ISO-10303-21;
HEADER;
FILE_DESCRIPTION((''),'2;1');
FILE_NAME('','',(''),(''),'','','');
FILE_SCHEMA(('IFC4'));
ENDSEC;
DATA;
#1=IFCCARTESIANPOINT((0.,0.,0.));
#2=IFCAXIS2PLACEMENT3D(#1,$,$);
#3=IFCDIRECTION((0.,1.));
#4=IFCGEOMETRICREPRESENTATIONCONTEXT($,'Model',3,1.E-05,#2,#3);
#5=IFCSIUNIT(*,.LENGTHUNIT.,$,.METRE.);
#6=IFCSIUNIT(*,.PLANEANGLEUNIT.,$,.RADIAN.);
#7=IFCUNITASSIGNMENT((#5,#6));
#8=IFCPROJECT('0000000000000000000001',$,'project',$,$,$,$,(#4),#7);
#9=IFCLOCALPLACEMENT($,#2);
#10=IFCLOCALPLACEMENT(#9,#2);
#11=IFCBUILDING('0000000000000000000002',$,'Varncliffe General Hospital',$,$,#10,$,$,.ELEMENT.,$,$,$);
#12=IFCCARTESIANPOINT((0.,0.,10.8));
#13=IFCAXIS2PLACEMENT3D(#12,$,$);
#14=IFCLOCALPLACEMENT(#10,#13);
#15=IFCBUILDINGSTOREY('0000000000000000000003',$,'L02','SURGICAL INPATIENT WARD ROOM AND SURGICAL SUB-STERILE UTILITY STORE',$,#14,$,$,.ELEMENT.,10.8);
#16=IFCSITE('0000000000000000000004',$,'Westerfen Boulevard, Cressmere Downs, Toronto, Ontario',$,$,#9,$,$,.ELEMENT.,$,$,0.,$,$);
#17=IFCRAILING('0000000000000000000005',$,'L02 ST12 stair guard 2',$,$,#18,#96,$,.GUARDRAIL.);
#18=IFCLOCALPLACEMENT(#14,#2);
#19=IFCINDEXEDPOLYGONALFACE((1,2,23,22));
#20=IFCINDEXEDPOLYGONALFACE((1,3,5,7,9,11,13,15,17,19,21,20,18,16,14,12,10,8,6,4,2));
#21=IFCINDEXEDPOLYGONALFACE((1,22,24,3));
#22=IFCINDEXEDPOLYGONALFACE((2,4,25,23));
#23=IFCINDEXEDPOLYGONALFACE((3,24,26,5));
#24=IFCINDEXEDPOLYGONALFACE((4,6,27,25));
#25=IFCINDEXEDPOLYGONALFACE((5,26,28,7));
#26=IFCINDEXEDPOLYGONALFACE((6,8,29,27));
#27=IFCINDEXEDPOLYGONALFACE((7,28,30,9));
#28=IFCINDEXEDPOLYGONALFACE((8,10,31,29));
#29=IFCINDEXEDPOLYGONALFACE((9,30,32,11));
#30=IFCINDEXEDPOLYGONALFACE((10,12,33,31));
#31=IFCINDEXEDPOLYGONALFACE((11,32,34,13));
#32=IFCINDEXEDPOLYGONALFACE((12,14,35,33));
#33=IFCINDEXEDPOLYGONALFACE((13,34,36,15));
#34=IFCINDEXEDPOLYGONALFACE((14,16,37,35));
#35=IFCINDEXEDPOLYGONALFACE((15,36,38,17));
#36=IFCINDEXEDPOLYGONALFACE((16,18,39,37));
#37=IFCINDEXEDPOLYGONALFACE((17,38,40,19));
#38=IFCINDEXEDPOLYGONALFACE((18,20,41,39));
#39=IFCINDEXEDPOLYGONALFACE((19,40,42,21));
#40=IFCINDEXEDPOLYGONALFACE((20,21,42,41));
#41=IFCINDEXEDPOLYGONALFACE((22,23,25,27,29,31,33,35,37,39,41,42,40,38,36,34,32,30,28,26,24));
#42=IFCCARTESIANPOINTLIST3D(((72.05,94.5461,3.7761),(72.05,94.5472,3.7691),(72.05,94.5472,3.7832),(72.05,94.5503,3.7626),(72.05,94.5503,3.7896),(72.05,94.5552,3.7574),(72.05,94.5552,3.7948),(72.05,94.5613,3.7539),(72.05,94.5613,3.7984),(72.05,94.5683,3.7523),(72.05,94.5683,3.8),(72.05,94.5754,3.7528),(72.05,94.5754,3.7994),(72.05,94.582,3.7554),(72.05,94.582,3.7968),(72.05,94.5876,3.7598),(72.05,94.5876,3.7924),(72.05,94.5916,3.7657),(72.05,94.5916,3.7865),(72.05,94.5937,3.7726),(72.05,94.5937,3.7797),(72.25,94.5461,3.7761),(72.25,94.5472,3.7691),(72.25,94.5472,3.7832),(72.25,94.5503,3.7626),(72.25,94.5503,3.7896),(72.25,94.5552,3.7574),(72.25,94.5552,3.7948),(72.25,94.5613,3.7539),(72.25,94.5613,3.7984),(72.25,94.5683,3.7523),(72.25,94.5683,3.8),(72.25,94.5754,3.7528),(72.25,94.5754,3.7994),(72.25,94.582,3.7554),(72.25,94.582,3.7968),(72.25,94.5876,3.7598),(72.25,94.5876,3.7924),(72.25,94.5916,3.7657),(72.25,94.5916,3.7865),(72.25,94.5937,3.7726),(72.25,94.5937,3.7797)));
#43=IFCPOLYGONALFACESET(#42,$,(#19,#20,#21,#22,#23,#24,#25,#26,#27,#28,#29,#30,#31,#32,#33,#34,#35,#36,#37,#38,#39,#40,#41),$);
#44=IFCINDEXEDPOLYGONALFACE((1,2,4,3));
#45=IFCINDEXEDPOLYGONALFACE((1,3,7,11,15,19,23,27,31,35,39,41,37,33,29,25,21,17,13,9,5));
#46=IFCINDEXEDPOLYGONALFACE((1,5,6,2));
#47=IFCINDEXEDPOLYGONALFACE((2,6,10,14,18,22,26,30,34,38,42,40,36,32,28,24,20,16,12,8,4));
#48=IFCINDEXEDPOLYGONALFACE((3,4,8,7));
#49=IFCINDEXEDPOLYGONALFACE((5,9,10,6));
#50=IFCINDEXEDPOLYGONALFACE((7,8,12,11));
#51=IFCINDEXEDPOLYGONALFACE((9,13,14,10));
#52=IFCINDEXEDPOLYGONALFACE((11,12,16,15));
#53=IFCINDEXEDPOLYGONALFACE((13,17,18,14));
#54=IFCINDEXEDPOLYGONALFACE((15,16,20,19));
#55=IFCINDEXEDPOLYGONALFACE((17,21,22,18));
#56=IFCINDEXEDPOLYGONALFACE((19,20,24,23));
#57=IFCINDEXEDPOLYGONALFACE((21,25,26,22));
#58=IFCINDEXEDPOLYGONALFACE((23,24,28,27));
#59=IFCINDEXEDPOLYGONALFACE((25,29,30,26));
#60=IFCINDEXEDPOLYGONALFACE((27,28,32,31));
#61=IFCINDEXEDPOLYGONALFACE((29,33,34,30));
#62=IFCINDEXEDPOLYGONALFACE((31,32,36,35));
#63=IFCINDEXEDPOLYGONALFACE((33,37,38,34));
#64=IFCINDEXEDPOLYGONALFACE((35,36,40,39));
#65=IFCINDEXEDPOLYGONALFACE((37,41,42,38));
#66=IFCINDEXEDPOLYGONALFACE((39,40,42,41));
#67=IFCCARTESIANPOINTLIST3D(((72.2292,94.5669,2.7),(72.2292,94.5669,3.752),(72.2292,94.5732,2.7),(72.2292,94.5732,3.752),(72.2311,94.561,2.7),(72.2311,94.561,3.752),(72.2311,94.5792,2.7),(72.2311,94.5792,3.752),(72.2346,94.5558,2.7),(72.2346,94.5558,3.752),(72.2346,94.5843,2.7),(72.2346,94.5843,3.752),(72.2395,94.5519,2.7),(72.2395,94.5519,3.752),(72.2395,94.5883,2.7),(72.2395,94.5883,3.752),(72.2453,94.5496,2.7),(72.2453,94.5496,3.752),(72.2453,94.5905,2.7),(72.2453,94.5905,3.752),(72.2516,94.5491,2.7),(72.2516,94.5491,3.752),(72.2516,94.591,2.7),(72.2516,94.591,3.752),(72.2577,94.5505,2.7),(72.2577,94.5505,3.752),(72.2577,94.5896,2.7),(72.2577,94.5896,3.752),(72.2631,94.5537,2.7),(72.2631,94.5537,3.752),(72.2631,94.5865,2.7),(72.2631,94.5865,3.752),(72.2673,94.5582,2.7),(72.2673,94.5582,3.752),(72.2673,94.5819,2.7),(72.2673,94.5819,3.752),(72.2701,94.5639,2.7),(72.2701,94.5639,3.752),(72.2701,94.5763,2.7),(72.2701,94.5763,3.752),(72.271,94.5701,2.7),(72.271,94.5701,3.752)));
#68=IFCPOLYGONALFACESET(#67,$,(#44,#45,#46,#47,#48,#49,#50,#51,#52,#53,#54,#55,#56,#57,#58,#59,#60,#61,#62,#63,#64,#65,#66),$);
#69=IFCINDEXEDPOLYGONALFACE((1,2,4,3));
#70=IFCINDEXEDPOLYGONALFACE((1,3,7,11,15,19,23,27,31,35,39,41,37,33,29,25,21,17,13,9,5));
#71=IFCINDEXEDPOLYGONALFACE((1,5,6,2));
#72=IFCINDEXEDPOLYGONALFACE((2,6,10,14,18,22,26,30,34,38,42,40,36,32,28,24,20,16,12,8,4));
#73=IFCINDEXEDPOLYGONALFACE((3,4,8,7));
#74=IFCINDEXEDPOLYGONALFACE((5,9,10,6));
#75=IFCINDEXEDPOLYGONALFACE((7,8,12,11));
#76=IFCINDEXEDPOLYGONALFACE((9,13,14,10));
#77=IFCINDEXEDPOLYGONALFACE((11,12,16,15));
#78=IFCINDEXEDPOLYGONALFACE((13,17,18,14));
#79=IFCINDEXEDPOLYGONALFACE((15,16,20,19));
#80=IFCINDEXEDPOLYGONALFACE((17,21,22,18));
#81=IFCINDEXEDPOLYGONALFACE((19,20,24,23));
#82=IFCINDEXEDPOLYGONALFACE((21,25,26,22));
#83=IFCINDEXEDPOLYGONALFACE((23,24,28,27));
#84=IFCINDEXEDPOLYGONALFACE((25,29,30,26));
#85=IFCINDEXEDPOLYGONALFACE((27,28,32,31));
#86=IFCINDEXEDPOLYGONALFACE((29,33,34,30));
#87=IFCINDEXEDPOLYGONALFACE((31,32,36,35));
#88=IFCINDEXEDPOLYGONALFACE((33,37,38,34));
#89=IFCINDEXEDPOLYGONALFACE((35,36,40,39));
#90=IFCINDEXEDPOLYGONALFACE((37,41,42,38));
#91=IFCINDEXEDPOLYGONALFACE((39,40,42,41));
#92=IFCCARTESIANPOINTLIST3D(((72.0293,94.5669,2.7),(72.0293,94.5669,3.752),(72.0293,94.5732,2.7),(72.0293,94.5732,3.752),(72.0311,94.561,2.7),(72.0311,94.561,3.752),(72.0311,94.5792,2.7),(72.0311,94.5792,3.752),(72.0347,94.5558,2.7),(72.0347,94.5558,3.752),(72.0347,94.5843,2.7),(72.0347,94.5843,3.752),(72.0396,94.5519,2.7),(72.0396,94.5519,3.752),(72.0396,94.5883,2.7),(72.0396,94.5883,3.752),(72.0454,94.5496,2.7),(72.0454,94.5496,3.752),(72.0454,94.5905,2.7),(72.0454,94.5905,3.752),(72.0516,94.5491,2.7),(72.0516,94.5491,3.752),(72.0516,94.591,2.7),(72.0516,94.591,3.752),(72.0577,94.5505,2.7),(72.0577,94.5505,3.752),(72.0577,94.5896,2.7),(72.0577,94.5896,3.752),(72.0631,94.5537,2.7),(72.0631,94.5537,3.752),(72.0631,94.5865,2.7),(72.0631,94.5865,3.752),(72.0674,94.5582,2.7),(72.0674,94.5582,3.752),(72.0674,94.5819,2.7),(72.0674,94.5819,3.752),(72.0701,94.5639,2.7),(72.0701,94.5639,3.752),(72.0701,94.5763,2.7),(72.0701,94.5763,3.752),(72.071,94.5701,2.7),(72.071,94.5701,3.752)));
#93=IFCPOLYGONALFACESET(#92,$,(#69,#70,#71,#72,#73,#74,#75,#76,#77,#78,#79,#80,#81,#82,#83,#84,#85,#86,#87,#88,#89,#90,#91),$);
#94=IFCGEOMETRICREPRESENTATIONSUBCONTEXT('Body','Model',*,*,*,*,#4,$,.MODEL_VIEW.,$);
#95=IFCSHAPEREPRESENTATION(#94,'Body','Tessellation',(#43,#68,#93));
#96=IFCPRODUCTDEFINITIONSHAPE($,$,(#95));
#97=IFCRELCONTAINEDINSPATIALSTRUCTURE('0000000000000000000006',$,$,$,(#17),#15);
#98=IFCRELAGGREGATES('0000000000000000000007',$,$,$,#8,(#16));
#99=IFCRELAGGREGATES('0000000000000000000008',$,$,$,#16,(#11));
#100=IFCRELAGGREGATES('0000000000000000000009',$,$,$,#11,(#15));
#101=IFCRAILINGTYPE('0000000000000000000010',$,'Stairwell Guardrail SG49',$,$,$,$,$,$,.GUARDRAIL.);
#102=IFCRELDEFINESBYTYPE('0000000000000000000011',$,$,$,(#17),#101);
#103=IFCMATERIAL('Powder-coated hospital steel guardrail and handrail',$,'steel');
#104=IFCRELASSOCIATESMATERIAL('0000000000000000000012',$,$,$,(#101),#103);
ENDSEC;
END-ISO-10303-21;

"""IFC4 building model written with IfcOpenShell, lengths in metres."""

from ifc_helpers import new_model, si_unit, direction, frame, origin, origin_2d, place, context, subcontext, project, spatial, circle, extrude, material, type_object, element, save


model = new_model("IFC4")

# Units and contexts
model_context = context("Model", 3, precision=1e-05, world=origin(), true_north=direction((0.0, 1.0)))
body_context = subcontext(model_context, "Body", "Model", "MODEL_VIEW")
ifc_project = project(units=[si_unit("LENGTHUNIT", "METRE"), si_unit("PLANEANGLEUNIT", "RADIAN")], contexts=[model_context])

# Site, building, storey
site_placement = place(None, origin())
site = spatial("IfcSite", under=ifc_project, at=site_placement, Name="Westerfen Boulevard, Cressmere Downs, Toronto, Ontario", CompositionType="ELEMENT", RefElevation=0.0)
building_placement = place(site_placement, origin())
building = spatial("IfcBuilding", under=site, at=building_placement, Name="Varncliffe General Hospital", CompositionType="ELEMENT")
storey_placement = place(building_placement, frame((0.0, 0.0, 10.8)))
storey = spatial("IfcBuildingStorey", under=building, at=storey_placement, Name="L02", Description="SURGICAL INPATIENT WARD ROOM AND SURGICAL SUB-STERILE UTILITY STORE", CompositionType="ELEMENT", Elevation=10.8)

# Railing
ifc_material_1 = material(Name="Powder-coated hospital steel guardrail and handrail", Category="steel")
railing_type_1 = type_object("IfcRailingType", Name="Stairwell Guardrail SG49", PredefinedType="GUARDRAIL", material=ifc_material_1)
railing_1_placement = place(storey_placement, frame((72.25, 94.5701, 2.7)))
element("IfcRailing", 1, at=railing_1_placement, inside=storey, type_object=railing_type_1, Name="L02 ST12 stair guard 2", PredefinedType="GUARDRAIL", context=body_context, shape_type="SweptSolid", body=[
    extrude(circle(Radius=0.0239, at=origin_2d()), frame((0.0, 0.0, 1.0762), z_axis=(-1.0, 0.0, 0.0), x_axis=(0.0, -1.0, 0.0)), (0.0, 0.0, 1.0), 0.2),
    extrude(circle(Radius=0.021, at=origin_2d()), origin(), (0.0, 0.0, 1.0), 1.052),
    extrude(circle(Radius=0.021, at=origin_2d()), frame((-0.2, 0.0, 0.0)), (0.0, 0.0, 1.0), 1.052),
])

save(model, "model.ifc")
